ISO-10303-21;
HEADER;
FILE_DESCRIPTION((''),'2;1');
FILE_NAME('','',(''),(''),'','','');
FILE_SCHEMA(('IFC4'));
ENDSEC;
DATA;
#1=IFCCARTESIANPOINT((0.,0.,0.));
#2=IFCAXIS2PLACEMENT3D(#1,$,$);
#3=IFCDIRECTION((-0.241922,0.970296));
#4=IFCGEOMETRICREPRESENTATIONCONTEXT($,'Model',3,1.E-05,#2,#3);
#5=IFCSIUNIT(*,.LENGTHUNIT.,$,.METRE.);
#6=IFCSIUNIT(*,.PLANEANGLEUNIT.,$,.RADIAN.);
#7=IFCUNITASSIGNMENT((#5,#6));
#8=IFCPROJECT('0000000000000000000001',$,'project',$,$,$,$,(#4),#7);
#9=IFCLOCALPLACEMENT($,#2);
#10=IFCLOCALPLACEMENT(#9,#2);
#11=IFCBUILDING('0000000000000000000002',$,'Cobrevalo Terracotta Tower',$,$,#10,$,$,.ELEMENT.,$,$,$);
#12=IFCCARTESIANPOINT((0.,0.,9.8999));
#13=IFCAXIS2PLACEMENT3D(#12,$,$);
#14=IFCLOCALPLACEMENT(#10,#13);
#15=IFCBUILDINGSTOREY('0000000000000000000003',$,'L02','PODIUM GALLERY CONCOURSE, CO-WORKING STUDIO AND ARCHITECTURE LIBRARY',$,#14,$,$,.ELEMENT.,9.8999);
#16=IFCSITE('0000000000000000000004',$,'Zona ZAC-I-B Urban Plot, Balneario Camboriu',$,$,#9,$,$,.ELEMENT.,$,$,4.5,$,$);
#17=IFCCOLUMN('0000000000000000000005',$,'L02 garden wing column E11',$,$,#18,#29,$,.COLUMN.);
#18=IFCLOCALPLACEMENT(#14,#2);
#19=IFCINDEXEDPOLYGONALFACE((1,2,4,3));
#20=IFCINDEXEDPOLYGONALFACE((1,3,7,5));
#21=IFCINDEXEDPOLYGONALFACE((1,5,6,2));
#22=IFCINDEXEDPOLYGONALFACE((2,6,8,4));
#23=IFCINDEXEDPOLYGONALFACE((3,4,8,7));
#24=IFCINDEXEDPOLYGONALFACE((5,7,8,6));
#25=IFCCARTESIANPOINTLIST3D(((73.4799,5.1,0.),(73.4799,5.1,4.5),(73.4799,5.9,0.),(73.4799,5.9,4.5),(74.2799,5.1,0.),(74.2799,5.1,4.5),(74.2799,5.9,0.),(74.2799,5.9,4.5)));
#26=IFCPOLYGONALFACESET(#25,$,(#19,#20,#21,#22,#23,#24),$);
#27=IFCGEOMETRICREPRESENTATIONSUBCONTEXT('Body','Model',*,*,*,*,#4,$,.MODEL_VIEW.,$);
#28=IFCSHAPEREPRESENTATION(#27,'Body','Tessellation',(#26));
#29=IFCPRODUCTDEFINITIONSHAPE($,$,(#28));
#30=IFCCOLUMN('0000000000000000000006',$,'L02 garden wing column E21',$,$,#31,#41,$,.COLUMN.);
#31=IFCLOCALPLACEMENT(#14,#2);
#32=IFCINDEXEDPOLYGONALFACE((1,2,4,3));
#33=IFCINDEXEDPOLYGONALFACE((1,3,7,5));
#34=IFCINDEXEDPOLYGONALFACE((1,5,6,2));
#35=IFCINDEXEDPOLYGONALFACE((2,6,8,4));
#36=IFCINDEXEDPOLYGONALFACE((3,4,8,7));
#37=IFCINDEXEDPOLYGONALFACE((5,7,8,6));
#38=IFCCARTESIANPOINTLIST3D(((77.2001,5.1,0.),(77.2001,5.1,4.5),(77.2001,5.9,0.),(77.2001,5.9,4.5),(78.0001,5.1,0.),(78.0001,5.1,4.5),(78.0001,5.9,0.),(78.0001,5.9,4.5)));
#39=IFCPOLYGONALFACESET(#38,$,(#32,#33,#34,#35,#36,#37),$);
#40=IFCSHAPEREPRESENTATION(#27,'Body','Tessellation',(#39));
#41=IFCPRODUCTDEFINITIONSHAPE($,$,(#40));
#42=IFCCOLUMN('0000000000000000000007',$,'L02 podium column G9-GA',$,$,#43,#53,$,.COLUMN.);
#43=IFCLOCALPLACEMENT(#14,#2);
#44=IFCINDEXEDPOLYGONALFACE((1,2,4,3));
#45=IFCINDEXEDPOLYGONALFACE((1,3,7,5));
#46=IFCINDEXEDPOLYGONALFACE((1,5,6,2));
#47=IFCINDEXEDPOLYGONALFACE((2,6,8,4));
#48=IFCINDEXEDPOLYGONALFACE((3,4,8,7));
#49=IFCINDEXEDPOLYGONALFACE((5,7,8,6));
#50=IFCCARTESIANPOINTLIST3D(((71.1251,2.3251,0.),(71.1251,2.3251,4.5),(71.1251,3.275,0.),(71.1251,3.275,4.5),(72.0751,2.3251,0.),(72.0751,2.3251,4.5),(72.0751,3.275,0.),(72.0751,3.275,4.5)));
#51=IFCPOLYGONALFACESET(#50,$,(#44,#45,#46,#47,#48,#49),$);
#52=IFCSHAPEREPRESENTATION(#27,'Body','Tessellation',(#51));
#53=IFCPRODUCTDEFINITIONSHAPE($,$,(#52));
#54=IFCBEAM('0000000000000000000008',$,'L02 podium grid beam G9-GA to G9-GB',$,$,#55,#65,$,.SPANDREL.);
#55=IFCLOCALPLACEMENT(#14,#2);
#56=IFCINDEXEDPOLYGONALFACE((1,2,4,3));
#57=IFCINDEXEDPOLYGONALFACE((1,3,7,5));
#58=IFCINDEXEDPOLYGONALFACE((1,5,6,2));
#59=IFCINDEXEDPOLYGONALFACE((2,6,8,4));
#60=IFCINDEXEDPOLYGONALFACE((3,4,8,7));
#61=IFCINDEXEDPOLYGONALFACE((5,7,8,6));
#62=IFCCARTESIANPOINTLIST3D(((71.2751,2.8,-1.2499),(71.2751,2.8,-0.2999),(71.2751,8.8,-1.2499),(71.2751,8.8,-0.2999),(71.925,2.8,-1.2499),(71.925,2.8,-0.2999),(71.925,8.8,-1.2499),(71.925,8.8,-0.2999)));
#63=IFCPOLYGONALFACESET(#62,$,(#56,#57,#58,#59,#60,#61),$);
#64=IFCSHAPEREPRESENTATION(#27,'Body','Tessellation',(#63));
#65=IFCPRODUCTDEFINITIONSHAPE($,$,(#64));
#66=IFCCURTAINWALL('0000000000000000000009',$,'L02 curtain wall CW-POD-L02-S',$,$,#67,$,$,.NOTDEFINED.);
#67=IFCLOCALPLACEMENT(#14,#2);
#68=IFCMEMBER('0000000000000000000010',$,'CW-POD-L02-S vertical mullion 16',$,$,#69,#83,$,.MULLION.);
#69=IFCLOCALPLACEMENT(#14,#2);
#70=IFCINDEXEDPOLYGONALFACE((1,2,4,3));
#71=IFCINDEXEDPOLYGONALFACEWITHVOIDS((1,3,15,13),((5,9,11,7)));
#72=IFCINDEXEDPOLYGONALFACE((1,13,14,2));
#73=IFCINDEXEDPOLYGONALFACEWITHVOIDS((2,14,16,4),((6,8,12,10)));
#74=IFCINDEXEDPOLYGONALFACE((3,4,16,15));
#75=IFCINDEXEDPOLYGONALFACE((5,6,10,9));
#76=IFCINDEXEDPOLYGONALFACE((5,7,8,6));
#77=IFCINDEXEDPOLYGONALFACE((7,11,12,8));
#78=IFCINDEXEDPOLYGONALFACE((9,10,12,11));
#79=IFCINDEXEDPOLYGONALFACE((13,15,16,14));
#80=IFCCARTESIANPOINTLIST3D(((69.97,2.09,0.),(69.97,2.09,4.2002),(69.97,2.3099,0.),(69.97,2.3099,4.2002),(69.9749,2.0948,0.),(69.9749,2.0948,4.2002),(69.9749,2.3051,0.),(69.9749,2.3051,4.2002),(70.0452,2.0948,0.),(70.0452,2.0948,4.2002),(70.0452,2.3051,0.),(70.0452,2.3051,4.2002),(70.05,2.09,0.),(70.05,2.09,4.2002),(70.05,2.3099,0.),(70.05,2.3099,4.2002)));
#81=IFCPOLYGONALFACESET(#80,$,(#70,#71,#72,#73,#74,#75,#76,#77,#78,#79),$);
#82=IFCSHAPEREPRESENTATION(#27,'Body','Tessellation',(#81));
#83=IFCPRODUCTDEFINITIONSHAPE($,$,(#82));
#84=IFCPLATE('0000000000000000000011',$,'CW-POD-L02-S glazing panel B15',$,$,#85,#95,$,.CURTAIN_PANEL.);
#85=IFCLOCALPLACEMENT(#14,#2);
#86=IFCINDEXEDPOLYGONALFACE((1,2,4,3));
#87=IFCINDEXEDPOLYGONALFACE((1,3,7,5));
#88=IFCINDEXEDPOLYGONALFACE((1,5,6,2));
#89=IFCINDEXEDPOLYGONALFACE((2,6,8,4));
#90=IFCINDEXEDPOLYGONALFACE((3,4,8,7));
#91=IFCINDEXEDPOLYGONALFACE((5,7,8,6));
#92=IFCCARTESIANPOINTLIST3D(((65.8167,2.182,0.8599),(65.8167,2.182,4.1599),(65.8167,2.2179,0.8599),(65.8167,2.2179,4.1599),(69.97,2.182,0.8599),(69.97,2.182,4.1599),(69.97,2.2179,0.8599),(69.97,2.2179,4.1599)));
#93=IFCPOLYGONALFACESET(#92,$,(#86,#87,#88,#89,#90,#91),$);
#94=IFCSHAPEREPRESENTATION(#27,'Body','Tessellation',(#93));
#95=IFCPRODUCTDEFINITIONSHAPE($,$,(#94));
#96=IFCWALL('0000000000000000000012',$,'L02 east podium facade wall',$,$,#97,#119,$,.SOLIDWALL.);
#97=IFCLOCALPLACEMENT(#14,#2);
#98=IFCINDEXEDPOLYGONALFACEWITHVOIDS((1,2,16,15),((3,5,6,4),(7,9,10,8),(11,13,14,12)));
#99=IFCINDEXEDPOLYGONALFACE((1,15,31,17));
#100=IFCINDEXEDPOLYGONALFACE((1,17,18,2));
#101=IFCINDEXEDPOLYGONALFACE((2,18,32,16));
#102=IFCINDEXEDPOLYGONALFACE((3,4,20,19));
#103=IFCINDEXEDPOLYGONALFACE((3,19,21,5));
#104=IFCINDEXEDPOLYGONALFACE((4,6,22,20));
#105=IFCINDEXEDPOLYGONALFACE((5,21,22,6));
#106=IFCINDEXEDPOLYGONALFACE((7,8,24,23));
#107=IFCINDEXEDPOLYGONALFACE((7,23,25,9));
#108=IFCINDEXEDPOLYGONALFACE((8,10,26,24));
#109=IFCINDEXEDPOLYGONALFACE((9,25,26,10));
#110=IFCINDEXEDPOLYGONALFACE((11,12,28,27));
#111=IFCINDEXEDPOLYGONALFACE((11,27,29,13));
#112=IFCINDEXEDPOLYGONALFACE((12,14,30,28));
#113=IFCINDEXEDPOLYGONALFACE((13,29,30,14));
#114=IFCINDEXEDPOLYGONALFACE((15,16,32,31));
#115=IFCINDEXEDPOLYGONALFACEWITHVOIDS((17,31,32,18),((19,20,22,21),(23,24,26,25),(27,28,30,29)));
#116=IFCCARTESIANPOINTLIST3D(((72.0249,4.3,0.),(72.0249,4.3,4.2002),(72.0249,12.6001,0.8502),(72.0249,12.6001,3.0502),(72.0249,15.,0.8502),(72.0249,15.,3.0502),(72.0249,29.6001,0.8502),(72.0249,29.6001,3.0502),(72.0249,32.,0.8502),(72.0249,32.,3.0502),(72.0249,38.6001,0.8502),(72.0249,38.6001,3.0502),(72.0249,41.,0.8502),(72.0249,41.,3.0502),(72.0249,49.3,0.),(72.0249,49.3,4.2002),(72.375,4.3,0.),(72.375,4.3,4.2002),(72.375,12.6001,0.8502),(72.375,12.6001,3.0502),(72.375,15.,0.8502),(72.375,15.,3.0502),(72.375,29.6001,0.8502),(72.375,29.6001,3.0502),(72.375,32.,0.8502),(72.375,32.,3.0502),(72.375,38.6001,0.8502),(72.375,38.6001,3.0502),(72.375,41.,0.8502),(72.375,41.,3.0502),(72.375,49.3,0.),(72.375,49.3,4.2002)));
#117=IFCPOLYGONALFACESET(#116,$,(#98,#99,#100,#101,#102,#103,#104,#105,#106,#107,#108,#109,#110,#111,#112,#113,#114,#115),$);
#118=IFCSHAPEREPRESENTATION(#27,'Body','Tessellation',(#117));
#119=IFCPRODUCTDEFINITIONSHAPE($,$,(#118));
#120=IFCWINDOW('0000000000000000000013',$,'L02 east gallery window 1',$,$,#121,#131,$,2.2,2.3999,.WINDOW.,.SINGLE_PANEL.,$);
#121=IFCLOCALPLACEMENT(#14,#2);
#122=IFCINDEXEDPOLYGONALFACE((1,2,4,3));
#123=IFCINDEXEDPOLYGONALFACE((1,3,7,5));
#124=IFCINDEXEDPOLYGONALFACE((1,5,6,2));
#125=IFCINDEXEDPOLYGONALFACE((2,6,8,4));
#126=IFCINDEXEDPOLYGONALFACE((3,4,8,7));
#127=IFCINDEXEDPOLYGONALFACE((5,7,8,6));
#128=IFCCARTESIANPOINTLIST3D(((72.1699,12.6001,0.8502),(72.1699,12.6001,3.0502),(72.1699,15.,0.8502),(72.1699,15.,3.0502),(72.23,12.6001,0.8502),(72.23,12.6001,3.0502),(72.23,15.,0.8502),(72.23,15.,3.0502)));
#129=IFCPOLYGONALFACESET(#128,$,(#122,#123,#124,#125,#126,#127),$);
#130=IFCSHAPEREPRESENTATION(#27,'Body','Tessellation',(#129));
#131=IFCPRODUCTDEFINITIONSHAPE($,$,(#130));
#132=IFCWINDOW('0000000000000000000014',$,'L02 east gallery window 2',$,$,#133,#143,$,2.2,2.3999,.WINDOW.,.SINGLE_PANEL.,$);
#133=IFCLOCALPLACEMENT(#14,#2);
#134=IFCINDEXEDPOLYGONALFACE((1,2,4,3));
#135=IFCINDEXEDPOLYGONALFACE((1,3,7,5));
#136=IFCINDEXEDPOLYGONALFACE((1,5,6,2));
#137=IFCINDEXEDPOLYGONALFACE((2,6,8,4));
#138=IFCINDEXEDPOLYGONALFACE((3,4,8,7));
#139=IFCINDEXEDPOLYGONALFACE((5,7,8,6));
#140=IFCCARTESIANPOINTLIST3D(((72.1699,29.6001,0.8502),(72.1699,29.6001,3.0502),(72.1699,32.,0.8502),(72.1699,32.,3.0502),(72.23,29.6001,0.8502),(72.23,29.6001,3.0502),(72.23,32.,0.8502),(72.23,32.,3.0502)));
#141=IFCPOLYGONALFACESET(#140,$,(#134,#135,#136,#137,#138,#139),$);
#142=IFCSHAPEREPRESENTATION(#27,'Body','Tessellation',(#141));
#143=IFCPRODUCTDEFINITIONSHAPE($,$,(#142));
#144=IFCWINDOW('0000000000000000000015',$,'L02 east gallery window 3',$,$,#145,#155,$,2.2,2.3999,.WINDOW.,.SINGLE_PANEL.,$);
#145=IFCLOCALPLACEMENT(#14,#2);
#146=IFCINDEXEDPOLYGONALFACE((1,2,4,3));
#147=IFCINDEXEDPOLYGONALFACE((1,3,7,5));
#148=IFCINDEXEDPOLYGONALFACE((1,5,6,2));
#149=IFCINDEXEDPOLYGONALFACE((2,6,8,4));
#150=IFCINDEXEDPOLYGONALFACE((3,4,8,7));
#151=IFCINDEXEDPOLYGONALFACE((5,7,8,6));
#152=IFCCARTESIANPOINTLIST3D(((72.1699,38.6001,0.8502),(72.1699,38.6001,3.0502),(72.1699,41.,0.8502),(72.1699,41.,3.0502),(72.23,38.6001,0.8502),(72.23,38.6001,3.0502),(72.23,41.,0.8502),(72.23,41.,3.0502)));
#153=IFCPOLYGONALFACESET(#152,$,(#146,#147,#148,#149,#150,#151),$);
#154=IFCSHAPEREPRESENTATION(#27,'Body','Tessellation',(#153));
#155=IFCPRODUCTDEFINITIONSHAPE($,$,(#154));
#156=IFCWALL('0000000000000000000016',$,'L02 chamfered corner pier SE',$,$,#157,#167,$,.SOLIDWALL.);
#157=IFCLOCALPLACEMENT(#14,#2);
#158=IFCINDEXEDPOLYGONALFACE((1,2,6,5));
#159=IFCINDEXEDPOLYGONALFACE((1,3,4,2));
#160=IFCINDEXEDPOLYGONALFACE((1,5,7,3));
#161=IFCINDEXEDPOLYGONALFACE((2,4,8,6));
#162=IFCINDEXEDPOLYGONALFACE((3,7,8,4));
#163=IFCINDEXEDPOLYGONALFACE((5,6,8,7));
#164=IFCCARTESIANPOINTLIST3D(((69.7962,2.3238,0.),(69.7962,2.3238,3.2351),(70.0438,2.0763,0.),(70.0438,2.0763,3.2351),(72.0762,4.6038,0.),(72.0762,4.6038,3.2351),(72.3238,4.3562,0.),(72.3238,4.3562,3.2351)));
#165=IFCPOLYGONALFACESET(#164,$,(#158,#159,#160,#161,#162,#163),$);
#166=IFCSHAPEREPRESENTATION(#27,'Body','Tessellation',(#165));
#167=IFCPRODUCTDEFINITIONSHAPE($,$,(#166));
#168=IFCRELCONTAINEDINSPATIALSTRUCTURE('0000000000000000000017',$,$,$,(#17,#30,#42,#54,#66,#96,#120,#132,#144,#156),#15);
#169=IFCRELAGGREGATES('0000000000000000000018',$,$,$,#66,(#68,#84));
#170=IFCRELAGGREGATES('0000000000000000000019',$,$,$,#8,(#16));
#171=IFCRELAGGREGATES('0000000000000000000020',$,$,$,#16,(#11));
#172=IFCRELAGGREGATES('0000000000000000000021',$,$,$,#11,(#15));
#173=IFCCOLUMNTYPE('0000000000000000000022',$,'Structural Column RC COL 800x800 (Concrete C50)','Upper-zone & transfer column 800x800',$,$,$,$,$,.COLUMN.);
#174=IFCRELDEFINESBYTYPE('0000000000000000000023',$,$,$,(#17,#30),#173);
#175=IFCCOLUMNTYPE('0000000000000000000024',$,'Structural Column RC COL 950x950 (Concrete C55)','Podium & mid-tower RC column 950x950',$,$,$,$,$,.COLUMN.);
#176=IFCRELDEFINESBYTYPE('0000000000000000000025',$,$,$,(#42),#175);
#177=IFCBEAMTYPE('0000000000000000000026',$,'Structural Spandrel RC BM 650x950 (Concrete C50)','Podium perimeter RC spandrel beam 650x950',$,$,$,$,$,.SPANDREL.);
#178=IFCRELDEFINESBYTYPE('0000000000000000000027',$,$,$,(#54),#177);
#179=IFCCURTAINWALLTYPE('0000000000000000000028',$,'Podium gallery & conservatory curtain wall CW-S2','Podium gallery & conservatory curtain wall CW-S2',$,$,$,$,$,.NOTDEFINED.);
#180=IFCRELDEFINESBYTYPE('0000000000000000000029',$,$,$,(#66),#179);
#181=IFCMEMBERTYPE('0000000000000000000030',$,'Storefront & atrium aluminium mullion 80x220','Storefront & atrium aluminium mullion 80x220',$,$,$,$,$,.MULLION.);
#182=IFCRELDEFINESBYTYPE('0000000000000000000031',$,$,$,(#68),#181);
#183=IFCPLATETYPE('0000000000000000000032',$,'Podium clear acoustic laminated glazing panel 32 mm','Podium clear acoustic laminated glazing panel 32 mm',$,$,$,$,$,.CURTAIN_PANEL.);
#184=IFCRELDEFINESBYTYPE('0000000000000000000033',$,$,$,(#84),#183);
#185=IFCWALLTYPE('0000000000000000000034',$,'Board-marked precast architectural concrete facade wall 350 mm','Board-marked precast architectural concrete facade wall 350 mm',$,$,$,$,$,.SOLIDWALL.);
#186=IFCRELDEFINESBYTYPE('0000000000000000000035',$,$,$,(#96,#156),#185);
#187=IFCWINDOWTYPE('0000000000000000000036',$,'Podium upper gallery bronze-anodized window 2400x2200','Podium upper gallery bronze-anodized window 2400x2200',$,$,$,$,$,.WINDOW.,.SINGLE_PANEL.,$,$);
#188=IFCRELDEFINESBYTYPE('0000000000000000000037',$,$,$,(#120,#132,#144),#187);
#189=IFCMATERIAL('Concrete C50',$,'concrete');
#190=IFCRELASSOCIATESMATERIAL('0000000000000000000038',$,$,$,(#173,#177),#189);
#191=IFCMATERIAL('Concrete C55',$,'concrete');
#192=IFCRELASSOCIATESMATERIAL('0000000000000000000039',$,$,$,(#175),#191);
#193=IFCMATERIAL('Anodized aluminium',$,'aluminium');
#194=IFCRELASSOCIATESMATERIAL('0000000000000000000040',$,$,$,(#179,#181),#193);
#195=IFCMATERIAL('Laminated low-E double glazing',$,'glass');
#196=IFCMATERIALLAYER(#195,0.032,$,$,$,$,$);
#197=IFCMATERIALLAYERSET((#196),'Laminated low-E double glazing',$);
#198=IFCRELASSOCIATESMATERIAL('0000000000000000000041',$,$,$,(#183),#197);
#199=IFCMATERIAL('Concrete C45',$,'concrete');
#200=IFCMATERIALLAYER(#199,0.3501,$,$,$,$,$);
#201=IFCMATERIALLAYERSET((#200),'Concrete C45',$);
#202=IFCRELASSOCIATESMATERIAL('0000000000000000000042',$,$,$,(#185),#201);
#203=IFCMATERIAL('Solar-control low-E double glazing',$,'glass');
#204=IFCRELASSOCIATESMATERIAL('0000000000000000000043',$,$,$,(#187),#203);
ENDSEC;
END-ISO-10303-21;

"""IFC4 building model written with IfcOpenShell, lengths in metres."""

from ifc_helpers import new_model, si_unit, direction, frame, frame_2d, origin, origin_2d, place, context, subcontext, project, spatial, rectangle, hollow_rectangle, extrude, source, transform, mapped, material, layer, layer_set, material_profile, profile_set, type_object, element, fill, aggregate, save


model = new_model("IFC4")

# Units and contexts
model_context = context("Model", 3, precision=1e-05, world=origin(), true_north=direction((-0.241922, 0.970296)))
body_context = subcontext(model_context, "Body", "Model", "MODEL_VIEW")
ifc_project = project(units=[si_unit("LENGTHUNIT", "METRE"), si_unit("PLANEANGLEUNIT", "RADIAN")], contexts=[model_context])

# Site, building, storey
site_placement = place(None, origin())
site = spatial("IfcSite", under=ifc_project, at=site_placement, Name="Zona ZAC-I-B Urban Plot, Balneario Camboriu", CompositionType="ELEMENT", RefElevation=4.5)
building_placement = place(site_placement, origin())
building = spatial("IfcBuilding", under=site, at=building_placement, Name="Cobrevalo Terracotta Tower", CompositionType="ELEMENT")
storey_placement = place(building_placement, frame((0.0, 0.0, 9.8999)))
storey = spatial("IfcBuildingStorey", under=building, at=storey_placement, Name="L02", Description="PODIUM GALLERY CONCOURSE, CO-WORKING STUDIO AND ARCHITECTURE LIBRARY", CompositionType="ELEMENT", Elevation=9.8999)

# Columns
ifc_material_1 = material(Name="Concrete C50", Category="concrete")
ifc_material_profile_1 = material_profile(ifc_material_1, rectangle(XDim=0.8, YDim=0.8, at=origin_2d()), Name="RC COL 800x800")
ifc_profile_set_1 = profile_set([ifc_material_profile_1], Name="Concrete C50")
column_type_1 = type_object("IfcColumnType", Name="Structural Column RC COL 800x800 (Concrete C50)", Description="Upper-zone & transfer column 800x800", PredefinedType="COLUMN", material=ifc_profile_set_1)
for number, where, z_axis, x_axis, name in (
    (1, (73.8799, 5.5, 0.0), (0.0, 0.0, 1.0), (1.0, 0.0, 0.0), "L02 garden wing column E11"),
    (2, (77.6001, 5.5, 0.0), (0.0, 0.0, 1.0), (1.0, 0.0, 0.0), "L02 garden wing column E21"),
):
    element("IfcColumn", number, at=place(storey_placement, frame(where, z_axis=z_axis, x_axis=x_axis)), inside=storey, type_object=column_type_1, Name=name, PredefinedType="COLUMN", context=body_context, shape_type="SweptSolid", body=[
        extrude(rectangle(XDim=0.8, YDim=0.8, at=origin_2d()), origin(), (0.0, 0.0, 1.0), 4.5),
    ])
ifc_material_2 = material(Name="Concrete C55", Category="concrete")
ifc_material_profile_2 = material_profile(ifc_material_2, rectangle(XDim=0.95, YDim=0.95, at=origin_2d()), Name="RC COL 950x950")
ifc_profile_set_2 = profile_set([ifc_material_profile_2], Name="Concrete C55")
column_type_2 = type_object("IfcColumnType", Name="Structural Column RC COL 950x950 (Concrete C55)", Description="Podium & mid-tower RC column 950x950", PredefinedType="COLUMN", material=ifc_profile_set_2)
column_placement = place(storey_placement, frame((71.6001, 2.8, 0.0), z_axis=(0.0, 0.0, 1.0), x_axis=(1.0, 0.0, 0.0)))
element("IfcColumn", 3, at=column_placement, inside=storey, type_object=column_type_2, Name="L02 podium column G9-GA", PredefinedType="COLUMN", context=body_context, shape_type="SweptSolid", body=[
    extrude(rectangle(XDim=0.95, YDim=0.95, at=origin_2d()), origin(), (0.0, 0.0, 1.0), 4.5),
])

# Beam
ifc_material_profile_3 = material_profile(ifc_material_1, rectangle(XDim=0.6499, YDim=0.95, at=origin_2d()), Name="RC BM 650x950")
ifc_profile_set_3 = profile_set([ifc_material_profile_3], Name="Concrete C50")
beam_type = type_object("IfcBeamType", Name="Structural Spandrel RC BM 650x950 (Concrete C50)", Description="Podium perimeter RC spandrel beam 650x950", PredefinedType="SPANDREL", material=ifc_profile_set_3)
beam_placement = place(storey_placement, frame((71.6001, 2.8, -0.7749), z_axis=(0.0, 1.0, 0.0), x_axis=(-1.0, 0.0, 0.0)))
element("IfcBeam", 4, at=beam_placement, inside=storey, type_object=beam_type, Name="L02 podium grid beam G9-GA to G9-GB", PredefinedType="SPANDREL", context=body_context, shape_type="SweptSolid", body=[
    extrude(rectangle(XDim=0.6499, YDim=0.95, at=origin_2d()), origin(), (0.0, 0.0, 1.0), 6.0),
])

# Curtain wall, member, plate
ifc_material_3 = material(Name="Anodized aluminium", Category="aluminium")
curtain_wall_type = type_object("IfcCurtainWallType", Name="Podium gallery & conservatory curtain wall CW-S2", Description="Podium gallery & conservatory curtain wall CW-S2", PredefinedType="NOTDEFINED", material=ifc_material_3)
curtain_wall_placement = place(storey_placement, origin())
curtain_wall = element("IfcCurtainWall", 5, at=curtain_wall_placement, inside=storey, type_object=curtain_wall_type, Name="L02 curtain wall CW-POD-L02-S", PredefinedType="NOTDEFINED")
ifc_material_profile_4 = material_profile(ifc_material_3, hollow_rectangle(XDim=0.0801, YDim=0.22, WallThickness=0.0049, at=origin_2d()), Name="CWM 80x220")
ifc_profile_set_4 = profile_set([ifc_material_profile_4], Name="Anodized aluminium")
member_type = type_object("IfcMemberType", Name="Storefront & atrium aluminium mullion 80x220", Description="Storefront & atrium aluminium mullion 80x220", PredefinedType="MULLION", material=ifc_profile_set_4)
shared_shape_1 = source(origin(), body_context, "Body", "SweptSolid", [
    extrude(hollow_rectangle(XDim=0.0801, YDim=0.22, WallThickness=0.0049, at=origin_2d()), origin(), (0.0, 0.0, 1.0), 4.2002),
])
member_placement = place(storey_placement, frame((70.01, 2.2, 0.0), z_axis=(0.0, 0.0, 1.0), x_axis=(1.0, 0.0, 0.0)))
member = element("IfcMember", 6, at=member_placement, type_object=member_type, Name="CW-POD-L02-S vertical mullion 16", PredefinedType="MULLION", context=body_context, shape_type="MappedRepresentation", body=[
    mapped(shared_shape_1, transform((0.0, 0.0, 0.0), scale=1.0)),
])
ifc_material_4 = material(Name="Laminated low-E double glazing", Category="glass")
ifc_layer_1 = layer(ifc_material_4, 0.032)
ifc_layer_set_1 = layer_set([ifc_layer_1], Name="Laminated low-E double glazing")
plate_type = type_object("IfcPlateType", Name="Podium clear acoustic laminated glazing panel 32 mm", Description="Podium clear acoustic laminated glazing panel 32 mm", PredefinedType="CURTAIN_PANEL", material=ifc_layer_set_1)
shared_shape_2 = source(origin(), body_context, "Body", "SweptSolid", [
    extrude(rectangle(XDim=4.1533, YDim=0.0359, at=origin_2d()), origin(), (0.0, 0.0, 1.0), 3.3),
])
plate_placement = place(storey_placement, frame((67.8933, 2.2, 0.8599), z_axis=(0.0, 0.0, 1.0), x_axis=(1.0, 0.0, 0.0)))
plate = element("IfcPlate", 7, at=plate_placement, type_object=plate_type, Name="CW-POD-L02-S glazing panel B15", PredefinedType="CURTAIN_PANEL", context=body_context, shape_type="MappedRepresentation", body=[
    mapped(shared_shape_2, transform((0.0, 0.0, 0.0), scale=1.0)),
])
aggregate(curtain_wall, [member, plate])

# Wall, openings, windows
ifc_material_5 = material(Name="Concrete C45", Category="concrete")
ifc_layer_2 = layer(ifc_material_5, 0.3501)
ifc_layer_set_2 = layer_set([ifc_layer_2], Name="Concrete C45")
wall_type_1 = type_object("IfcWallType", Name="Board-marked precast architectural concrete facade wall 350 mm", Description="Board-marked precast architectural concrete facade wall 350 mm", PredefinedType="SOLIDWALL", material=ifc_layer_set_2)
wall_1_placement = place(storey_placement, frame((72.2, 4.3, 0.0), z_axis=(0.0, 0.0, 1.0), x_axis=(0.0, 1.0, 0.0)))
wall_1 = element("IfcWall", 8, at=wall_1_placement, inside=storey, type_object=wall_type_1, Name="L02 east podium facade wall", PredefinedType="SOLIDWALL", context=body_context, shape_type="SweptSolid", body=[
    extrude(rectangle(XDim=45.0, YDim=0.3501, at=frame_2d((22.5, 0.0))), origin(), (0.0, 0.0, 1.0), 4.2002),
])
opening_1_placement = place(wall_1_placement, frame((8.3, 0.0, 0.8501)))
opening_1 = element("IfcOpeningElement", 9, at=opening_1_placement, cuts=wall_1, PredefinedType="OPENING", context=body_context, shape_type="SweptSolid", body=[
    extrude(rectangle(XDim=2.3999, YDim=2.2, at=frame_2d((1.2, 1.1001))), frame((0.0, 0.1851, 0.0), z_axis=(0.0, -1.0, 0.0), x_axis=(1.0, 0.0, 0.0)), (0.0, 0.0, 1.0), 0.3701),
])
opening_2_placement = place(wall_1_placement, frame((25.3, 0.0, 0.8501)))
opening_2 = element("IfcOpeningElement", 10, at=opening_2_placement, cuts=wall_1, PredefinedType="OPENING", context=body_context, shape_type="SweptSolid", body=[
    extrude(rectangle(XDim=2.3999, YDim=2.2, at=frame_2d((1.2, 1.1001))), frame((0.0, 0.1851, 0.0), z_axis=(0.0, -1.0, 0.0), x_axis=(1.0, 0.0, 0.0)), (0.0, 0.0, 1.0), 0.3701),
])
opening_3_placement = place(wall_1_placement, frame((34.3, 0.0, 0.8501)))
opening_3 = element("IfcOpeningElement", 11, at=opening_3_placement, cuts=wall_1, PredefinedType="OPENING", context=body_context, shape_type="SweptSolid", body=[
    extrude(rectangle(XDim=2.3999, YDim=2.2, at=frame_2d((1.2, 1.1001))), frame((0.0, 0.1851, 0.0), z_axis=(0.0, -1.0, 0.0), x_axis=(1.0, 0.0, 0.0)), (0.0, 0.0, 1.0), 0.3701),
])
ifc_material_6 = material(Name="Solar-control low-E double glazing", Category="glass")
window_type = type_object("IfcWindowType", Name="Podium upper gallery bronze-anodized window 2400x2200", Description="Podium upper gallery bronze-anodized window 2400x2200", PartitioningType="SINGLE_PANEL", PredefinedType="WINDOW", material=ifc_material_6)
shared_shape_3 = source(origin(), body_context, "Body", "SweptSolid", [
    extrude(rectangle(XDim=2.3999, YDim=2.2, at=frame_2d((1.2, 1.1001))), frame((0.0, 0.03, 0.0), z_axis=(0.0, -1.0, 0.0), x_axis=(1.0, 0.0, 0.0)), (0.0, 0.0, 1.0), 0.0601),
])
window_1_placement = place(opening_1_placement, origin())
window_1 = element("IfcWindow", 12, at=window_1_placement, inside=storey, type_object=window_type, Name="L02 east gallery window 1", OverallHeight=2.2, OverallWidth=2.3999, PartitioningType="SINGLE_PANEL", PredefinedType="WINDOW", context=body_context, shape_type="MappedRepresentation", body=[
    mapped(shared_shape_3, transform((0.0, 0.0, 0.0), scale=1.0)),
])
fill(opening_1, window_1)
window_2_placement = place(opening_2_placement, origin())
window_2 = element("IfcWindow", 13, at=window_2_placement, inside=storey, type_object=window_type, Name="L02 east gallery window 2", OverallHeight=2.2, OverallWidth=2.3999, PartitioningType="SINGLE_PANEL", PredefinedType="WINDOW", context=body_context, shape_type="MappedRepresentation", body=[
    mapped(shared_shape_3, transform((0.0, 0.0, 0.0), scale=1.0)),
])
fill(opening_2, window_2)
window_3_placement = place(opening_3_placement, origin())
window_3 = element("IfcWindow", 14, at=window_3_placement, inside=storey, type_object=window_type, Name="L02 east gallery window 3", OverallHeight=2.2, OverallWidth=2.3999, PartitioningType="SINGLE_PANEL", PredefinedType="WINDOW", context=body_context, shape_type="MappedRepresentation", body=[
    mapped(shared_shape_3, transform((0.0, 0.0, 0.0), scale=1.0)),
])
fill(opening_3, window_3)

# Wall
wall_2_placement = place(storey_placement, frame((69.9199, 2.2, 0.0), z_axis=(0.0, 0.0, 1.0), x_axis=(0.707107, 0.707107, 0.0)))
element("IfcWall", 15, at=wall_2_placement, inside=storey, type_object=wall_type_1, Name="L02 chamfered corner pier SE", PredefinedType="SOLIDWALL", context=body_context, shape_type="SweptSolid", body=[
    extrude(rectangle(XDim=3.2244, YDim=0.3501, at=frame_2d((1.6123, 0.0))), origin(), (0.0, 0.0, 1.0), 3.2351),
])

save(model, "model.ifc")
